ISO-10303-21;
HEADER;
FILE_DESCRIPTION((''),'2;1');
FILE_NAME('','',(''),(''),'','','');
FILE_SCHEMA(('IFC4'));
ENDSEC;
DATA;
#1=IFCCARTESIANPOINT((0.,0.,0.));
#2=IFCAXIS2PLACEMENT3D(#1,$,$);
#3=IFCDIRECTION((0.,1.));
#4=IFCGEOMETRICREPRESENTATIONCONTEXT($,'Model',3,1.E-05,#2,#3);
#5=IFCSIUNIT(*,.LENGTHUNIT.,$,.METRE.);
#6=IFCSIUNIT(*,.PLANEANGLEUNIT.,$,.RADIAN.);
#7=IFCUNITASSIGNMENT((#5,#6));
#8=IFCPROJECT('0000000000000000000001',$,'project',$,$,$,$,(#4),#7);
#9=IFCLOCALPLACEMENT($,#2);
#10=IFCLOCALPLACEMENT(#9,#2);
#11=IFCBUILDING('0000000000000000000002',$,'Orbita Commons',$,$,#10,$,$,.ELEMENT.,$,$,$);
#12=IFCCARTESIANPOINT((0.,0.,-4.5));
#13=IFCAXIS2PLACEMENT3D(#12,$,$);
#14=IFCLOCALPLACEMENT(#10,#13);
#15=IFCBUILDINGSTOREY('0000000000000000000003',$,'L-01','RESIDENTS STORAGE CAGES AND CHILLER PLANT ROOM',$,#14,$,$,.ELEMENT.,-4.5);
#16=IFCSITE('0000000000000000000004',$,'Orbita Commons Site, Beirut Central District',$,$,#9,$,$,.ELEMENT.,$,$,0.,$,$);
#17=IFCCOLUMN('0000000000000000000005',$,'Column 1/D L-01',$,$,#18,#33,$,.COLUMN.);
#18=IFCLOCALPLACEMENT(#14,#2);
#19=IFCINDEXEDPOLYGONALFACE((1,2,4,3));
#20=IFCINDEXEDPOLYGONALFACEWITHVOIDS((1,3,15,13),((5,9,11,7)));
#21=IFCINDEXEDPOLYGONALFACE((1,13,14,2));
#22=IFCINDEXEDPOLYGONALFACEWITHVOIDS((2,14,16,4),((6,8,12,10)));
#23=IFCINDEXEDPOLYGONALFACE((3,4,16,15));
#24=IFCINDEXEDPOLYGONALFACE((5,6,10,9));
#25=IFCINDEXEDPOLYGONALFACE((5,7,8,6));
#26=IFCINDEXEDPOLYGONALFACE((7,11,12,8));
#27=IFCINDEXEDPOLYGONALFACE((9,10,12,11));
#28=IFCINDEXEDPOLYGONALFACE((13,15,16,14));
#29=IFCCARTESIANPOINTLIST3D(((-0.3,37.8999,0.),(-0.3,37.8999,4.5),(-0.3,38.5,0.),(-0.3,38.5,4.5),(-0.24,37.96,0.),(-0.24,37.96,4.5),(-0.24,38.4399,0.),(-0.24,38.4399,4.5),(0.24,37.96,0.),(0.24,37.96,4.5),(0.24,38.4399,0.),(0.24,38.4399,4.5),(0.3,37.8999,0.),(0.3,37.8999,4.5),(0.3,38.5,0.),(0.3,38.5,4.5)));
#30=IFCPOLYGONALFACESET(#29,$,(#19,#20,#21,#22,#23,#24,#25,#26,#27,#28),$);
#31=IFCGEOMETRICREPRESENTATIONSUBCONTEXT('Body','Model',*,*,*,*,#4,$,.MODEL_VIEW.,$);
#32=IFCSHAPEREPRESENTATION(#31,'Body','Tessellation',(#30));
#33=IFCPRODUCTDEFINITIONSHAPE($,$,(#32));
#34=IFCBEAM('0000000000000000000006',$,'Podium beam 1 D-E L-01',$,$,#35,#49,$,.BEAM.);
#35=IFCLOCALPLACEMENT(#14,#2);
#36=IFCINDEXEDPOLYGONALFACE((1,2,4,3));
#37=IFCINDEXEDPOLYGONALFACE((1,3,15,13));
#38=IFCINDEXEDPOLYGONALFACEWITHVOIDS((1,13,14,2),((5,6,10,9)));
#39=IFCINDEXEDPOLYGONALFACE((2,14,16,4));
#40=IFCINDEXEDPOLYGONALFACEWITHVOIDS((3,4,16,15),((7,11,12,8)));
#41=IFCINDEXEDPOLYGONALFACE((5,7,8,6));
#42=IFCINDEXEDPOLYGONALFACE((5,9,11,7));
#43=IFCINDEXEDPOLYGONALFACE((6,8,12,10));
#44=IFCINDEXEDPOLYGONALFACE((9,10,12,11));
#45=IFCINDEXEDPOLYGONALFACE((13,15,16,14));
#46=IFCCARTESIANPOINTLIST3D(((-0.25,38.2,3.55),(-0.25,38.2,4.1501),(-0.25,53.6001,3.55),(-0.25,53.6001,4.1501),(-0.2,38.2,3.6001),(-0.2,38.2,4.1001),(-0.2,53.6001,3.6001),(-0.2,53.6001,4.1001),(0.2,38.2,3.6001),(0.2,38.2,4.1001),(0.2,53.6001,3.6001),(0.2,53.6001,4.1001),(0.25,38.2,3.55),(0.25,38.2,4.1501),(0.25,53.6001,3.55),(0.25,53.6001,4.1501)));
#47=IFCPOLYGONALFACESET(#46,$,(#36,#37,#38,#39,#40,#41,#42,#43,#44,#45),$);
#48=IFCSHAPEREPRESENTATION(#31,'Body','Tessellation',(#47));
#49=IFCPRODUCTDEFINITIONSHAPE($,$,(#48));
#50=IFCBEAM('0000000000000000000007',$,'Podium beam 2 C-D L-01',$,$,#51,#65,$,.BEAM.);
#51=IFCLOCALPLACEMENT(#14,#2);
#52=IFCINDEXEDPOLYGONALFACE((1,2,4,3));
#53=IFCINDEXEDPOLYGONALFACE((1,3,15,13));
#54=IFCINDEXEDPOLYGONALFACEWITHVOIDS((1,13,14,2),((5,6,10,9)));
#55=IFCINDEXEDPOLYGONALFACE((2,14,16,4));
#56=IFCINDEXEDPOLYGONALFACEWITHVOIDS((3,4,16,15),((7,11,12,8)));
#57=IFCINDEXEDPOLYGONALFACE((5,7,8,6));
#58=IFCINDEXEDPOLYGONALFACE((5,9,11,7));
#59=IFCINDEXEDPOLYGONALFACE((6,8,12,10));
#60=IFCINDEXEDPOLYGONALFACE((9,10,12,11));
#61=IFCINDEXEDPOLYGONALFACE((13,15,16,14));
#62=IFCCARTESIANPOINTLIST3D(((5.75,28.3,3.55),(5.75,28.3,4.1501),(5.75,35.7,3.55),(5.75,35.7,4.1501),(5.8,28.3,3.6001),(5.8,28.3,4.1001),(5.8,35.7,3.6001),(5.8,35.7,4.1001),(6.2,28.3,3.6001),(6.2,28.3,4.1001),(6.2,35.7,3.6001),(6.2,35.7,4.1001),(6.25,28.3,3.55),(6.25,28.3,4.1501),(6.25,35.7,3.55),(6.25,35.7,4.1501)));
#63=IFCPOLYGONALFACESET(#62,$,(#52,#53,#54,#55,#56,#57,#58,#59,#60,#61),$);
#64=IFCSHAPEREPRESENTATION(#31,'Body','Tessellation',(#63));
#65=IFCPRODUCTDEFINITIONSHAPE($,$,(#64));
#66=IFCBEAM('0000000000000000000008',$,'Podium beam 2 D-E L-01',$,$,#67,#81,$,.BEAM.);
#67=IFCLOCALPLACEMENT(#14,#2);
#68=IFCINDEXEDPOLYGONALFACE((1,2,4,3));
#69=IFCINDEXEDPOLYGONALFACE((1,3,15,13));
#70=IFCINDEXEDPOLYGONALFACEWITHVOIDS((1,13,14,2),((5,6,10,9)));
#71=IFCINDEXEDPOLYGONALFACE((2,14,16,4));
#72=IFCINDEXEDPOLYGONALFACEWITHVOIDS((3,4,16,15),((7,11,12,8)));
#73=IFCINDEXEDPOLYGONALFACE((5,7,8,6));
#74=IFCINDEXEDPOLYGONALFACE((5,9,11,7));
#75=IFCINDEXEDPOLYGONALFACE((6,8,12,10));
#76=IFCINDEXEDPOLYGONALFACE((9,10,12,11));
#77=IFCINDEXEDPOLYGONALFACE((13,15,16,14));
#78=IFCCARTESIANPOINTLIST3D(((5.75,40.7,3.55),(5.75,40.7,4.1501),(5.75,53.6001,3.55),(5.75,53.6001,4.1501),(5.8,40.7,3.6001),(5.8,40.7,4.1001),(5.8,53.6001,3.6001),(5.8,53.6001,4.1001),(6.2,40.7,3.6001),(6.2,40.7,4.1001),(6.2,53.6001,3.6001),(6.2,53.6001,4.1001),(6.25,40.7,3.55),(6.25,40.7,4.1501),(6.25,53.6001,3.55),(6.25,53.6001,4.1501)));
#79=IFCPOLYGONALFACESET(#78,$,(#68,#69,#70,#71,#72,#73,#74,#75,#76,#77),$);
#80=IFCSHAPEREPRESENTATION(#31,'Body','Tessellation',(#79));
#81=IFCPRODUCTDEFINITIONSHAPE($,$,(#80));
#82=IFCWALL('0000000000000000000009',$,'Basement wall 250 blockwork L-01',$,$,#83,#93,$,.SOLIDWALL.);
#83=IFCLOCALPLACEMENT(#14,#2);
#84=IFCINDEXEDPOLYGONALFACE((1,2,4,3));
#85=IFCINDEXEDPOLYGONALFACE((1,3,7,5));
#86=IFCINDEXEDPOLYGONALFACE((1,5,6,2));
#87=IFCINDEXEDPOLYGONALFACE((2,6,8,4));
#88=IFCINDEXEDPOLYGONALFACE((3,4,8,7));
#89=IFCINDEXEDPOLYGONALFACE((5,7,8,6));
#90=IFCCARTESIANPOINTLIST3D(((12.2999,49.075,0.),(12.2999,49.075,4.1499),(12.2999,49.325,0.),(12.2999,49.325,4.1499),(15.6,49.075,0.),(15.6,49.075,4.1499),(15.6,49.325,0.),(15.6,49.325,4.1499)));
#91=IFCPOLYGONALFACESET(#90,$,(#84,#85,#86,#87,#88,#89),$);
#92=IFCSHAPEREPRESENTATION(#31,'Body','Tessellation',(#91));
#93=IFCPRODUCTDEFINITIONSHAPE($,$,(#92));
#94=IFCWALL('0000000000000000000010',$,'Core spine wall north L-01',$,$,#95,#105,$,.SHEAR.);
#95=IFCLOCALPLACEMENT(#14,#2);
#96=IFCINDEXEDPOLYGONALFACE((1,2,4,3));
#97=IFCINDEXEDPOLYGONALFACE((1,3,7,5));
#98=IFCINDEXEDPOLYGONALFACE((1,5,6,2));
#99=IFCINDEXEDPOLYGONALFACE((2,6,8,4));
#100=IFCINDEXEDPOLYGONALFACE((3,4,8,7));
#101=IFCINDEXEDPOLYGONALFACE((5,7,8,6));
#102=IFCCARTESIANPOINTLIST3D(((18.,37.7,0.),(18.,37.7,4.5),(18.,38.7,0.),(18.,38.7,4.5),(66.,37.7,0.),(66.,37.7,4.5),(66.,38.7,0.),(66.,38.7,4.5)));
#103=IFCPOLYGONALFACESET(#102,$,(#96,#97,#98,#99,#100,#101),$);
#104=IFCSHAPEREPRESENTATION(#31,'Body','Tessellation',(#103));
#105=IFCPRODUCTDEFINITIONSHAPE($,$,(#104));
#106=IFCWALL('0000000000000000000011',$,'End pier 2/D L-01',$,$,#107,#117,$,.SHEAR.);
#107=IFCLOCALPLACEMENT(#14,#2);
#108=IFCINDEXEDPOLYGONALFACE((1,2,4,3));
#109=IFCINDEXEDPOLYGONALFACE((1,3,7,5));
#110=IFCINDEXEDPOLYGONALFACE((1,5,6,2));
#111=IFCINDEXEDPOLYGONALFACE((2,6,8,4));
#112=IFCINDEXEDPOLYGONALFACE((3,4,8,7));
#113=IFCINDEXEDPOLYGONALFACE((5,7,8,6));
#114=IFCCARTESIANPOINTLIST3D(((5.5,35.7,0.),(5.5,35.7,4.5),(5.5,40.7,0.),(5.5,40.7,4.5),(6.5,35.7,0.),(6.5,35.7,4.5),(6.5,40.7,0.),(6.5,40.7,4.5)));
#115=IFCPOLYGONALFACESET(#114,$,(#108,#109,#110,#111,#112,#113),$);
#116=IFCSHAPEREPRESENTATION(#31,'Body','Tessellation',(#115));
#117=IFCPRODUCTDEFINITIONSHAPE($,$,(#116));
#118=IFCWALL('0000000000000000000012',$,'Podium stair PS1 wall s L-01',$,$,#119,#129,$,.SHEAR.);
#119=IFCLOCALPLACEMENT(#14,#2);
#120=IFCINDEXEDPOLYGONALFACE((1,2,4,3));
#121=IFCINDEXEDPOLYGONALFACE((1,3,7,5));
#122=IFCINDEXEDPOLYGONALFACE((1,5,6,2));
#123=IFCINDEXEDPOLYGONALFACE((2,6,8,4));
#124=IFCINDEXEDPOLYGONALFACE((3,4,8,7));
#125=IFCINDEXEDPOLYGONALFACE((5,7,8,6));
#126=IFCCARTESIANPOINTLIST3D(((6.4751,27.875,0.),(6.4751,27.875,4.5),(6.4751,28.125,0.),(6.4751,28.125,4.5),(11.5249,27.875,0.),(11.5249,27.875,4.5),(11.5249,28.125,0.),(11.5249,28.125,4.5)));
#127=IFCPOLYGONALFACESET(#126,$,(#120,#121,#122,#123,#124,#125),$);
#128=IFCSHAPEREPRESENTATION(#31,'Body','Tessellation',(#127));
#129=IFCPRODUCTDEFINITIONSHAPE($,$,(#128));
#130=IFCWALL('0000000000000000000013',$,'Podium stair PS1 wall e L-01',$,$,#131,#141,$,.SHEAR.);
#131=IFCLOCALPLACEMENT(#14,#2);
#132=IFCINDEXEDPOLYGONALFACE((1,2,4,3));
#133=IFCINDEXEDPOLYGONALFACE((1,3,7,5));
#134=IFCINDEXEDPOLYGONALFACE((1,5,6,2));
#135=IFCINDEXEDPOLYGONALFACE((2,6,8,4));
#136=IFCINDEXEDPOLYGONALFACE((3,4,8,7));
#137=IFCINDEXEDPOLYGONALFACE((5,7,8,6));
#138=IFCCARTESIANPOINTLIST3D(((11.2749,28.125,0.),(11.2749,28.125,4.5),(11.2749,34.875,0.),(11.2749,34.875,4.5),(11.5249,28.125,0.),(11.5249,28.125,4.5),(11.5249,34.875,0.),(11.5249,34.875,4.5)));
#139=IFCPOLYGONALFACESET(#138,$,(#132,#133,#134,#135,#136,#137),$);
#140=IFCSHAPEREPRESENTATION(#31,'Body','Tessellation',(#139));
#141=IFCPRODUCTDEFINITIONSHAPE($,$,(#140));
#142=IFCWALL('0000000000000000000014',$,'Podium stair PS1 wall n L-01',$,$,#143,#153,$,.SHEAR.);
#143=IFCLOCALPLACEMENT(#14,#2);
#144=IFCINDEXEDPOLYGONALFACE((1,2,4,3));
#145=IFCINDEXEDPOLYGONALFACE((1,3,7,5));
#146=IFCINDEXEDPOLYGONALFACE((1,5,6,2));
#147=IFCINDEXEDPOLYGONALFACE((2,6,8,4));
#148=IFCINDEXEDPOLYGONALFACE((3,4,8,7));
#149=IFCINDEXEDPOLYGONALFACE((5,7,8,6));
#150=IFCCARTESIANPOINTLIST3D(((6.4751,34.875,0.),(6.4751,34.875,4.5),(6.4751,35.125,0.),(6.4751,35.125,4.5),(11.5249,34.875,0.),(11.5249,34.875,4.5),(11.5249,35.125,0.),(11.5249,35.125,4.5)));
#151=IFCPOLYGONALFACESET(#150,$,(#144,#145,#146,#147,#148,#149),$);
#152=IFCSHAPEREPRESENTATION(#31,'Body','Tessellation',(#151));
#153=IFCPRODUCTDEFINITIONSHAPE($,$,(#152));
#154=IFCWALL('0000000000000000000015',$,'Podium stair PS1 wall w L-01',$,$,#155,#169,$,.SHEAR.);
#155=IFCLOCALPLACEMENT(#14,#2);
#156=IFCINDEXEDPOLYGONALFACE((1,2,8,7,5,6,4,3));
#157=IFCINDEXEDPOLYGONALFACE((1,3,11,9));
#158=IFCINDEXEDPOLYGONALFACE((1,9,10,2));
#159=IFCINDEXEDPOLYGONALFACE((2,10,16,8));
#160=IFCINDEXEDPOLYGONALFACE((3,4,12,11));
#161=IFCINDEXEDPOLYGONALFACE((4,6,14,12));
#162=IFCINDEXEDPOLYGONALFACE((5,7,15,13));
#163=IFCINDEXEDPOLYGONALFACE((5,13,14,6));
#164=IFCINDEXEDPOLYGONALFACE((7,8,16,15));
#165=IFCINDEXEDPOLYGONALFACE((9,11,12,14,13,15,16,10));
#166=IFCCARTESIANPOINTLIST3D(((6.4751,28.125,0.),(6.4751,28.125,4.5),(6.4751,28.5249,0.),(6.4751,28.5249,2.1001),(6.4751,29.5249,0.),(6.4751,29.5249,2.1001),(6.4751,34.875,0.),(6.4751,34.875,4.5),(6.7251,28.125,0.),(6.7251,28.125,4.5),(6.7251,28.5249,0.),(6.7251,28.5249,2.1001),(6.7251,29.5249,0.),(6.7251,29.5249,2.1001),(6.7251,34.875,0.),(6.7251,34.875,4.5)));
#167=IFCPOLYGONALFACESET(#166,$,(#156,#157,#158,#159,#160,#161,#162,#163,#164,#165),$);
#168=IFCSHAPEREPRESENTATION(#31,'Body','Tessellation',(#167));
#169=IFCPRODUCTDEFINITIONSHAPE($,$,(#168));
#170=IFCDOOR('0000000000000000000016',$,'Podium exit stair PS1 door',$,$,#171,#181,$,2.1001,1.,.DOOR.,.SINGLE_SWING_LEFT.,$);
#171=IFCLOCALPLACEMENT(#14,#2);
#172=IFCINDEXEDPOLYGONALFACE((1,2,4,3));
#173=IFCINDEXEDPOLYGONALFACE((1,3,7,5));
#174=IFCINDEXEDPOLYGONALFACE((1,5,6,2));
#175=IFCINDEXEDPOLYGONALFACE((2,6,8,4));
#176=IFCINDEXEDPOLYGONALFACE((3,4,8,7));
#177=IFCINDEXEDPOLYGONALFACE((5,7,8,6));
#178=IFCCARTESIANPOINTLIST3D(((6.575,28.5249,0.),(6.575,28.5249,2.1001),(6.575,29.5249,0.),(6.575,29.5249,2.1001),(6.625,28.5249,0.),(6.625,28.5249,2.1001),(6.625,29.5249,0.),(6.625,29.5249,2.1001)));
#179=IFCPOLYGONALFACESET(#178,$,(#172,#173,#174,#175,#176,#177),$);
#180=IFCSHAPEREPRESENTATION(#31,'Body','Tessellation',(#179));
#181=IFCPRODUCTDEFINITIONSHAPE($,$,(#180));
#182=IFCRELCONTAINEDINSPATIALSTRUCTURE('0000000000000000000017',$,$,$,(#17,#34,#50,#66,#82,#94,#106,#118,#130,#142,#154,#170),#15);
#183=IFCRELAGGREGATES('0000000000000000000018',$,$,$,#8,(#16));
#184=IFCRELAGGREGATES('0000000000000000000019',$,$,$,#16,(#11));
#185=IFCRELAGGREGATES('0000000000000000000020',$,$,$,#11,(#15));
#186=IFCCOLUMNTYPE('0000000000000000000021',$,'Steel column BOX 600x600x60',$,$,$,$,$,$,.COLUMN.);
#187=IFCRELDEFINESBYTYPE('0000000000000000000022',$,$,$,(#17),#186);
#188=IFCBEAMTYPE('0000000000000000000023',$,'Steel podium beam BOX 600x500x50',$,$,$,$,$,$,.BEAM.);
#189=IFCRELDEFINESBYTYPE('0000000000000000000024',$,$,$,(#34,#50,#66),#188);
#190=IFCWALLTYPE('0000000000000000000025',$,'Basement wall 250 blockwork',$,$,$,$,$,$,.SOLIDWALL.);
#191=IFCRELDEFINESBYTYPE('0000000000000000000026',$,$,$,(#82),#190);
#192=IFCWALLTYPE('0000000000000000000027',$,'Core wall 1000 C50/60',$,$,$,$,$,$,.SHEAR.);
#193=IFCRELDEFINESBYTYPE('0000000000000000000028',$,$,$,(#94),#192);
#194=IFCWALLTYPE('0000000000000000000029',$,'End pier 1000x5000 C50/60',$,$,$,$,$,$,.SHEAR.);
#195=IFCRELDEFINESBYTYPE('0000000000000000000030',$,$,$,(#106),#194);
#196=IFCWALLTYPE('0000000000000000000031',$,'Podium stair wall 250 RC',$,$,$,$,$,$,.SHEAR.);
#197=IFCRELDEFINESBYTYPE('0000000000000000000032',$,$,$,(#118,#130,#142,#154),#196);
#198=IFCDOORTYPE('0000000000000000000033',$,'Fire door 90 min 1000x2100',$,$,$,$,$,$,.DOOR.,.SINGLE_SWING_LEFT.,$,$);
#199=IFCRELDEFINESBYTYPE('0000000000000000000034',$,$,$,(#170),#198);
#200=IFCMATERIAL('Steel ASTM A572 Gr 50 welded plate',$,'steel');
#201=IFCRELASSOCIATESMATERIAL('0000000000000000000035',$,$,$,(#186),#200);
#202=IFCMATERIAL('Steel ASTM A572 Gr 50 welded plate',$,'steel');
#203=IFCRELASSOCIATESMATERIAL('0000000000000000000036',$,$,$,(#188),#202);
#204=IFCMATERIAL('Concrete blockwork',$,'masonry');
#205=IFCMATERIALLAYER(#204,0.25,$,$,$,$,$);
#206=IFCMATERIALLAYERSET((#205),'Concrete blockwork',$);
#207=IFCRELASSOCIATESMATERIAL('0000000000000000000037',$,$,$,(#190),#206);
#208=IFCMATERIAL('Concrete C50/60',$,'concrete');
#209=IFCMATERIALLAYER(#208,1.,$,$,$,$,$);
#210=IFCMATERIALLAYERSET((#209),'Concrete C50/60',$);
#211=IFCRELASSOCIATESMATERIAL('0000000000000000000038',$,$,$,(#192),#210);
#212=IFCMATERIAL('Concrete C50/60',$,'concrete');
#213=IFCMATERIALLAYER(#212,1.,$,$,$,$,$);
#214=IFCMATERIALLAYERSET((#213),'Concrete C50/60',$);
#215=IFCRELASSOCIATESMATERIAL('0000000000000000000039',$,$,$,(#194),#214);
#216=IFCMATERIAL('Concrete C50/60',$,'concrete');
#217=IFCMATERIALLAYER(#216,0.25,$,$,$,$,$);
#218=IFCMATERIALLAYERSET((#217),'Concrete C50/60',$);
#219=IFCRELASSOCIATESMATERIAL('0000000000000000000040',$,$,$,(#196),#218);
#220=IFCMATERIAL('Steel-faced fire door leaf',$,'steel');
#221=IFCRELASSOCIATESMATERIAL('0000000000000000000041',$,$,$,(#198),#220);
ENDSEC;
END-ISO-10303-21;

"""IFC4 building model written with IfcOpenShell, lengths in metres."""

from ifc_helpers import new_model, si_unit, direction, frame, frame_2d, origin, origin_2d, place, context, subcontext, project, spatial, rectangle, hollow_rectangle, extrude, material, layer, layer_set, material_profile, profile_set, type_object, element, fill, save


model = new_model("IFC4")

# Units and contexts
model_context = context("Model", 3, precision=1e-05, world=origin(), true_north=direction((0.0, 1.0)))
body_context = subcontext(model_context, "Body", "Model", "MODEL_VIEW")
ifc_project = project(units=[si_unit("LENGTHUNIT", "METRE"), si_unit("PLANEANGLEUNIT", "RADIAN")], contexts=[model_context])

# Site, building, storey
site_placement = place(None, origin())
site = spatial("IfcSite", under=ifc_project, at=site_placement, Name="Orbita Commons Site, Beirut Central District", CompositionType="ELEMENT", RefElevation=0.0)
building_placement = place(site_placement, origin())
building = spatial("IfcBuilding", under=site, at=building_placement, Name="Orbita Commons", CompositionType="ELEMENT")
storey_placement = place(building_placement, frame((0.0, 0.0, -4.5)))
storey = spatial("IfcBuildingStorey", under=building, at=storey_placement, Name="L-01", Description="RESIDENTS STORAGE CAGES AND CHILLER PLANT ROOM", CompositionType="ELEMENT", Elevation=-4.5)

# Column
ifc_material_1 = material(Name="Steel ASTM A572 Gr 50 welded plate", Category="steel")
ifc_material_profile_1 = material_profile(ifc_material_1, hollow_rectangle(XDim=0.6001, YDim=0.6001, WallThickness=0.0601, at=origin_2d()), Name="BOX 600x600x60")
ifc_profile_set_1 = profile_set([ifc_material_profile_1], Name="Steel ASTM A572 Gr 50 welded plate")
column_type = type_object("IfcColumnType", Name="Steel column BOX 600x600x60", PredefinedType="COLUMN", material=ifc_profile_set_1)
column_placement = place(storey_placement, frame((0.0, 38.2, 0.0), z_axis=(0.0, 0.0, 1.0), x_axis=(1.0, 0.0, 0.0)))
element("IfcColumn", 1, at=column_placement, inside=storey, type_object=column_type, Name="Column 1/D L-01", PredefinedType="COLUMN", context=body_context, shape_type="SweptSolid", body=[
    extrude(hollow_rectangle(XDim=0.6001, YDim=0.6001, WallThickness=0.0601, at=origin_2d()), origin(), (0.0, 0.0, 1.0), 4.5),
])

# Beams
ifc_material_2 = material(Name="Steel ASTM A572 Gr 50 welded plate", Category="steel")
ifc_material_profile_2 = material_profile(ifc_material_2, hollow_rectangle(XDim=0.5, YDim=0.6001, WallThickness=0.05, at=origin_2d()), Name="BOX 600x500x50")
ifc_profile_set_2 = profile_set([ifc_material_profile_2], Name="Steel ASTM A572 Gr 50 welded plate")
beam_type = type_object("IfcBeamType", Name="Steel podium beam BOX 600x500x50", PredefinedType="BEAM", material=ifc_profile_set_2)
beam_1_placement = place(storey_placement, frame((0.0, 38.2, 3.8501), z_axis=(0.0, 1.0, 0.0), x_axis=(-1.0, 0.0, 0.0)))
element("IfcBeam", 2, at=beam_1_placement, inside=storey, type_object=beam_type, Name="Podium beam 1 D-E L-01", PredefinedType="BEAM", context=body_context, shape_type="SweptSolid", body=[
    extrude(hollow_rectangle(XDim=0.5, YDim=0.6001, WallThickness=0.05, at=origin_2d()), origin(), (0.0, 0.0, 1.0), 15.4001),
])
beam_2_placement = place(storey_placement, frame((6.0, 28.3, 3.8501), z_axis=(0.0, 1.0, 0.0), x_axis=(-1.0, 0.0, 0.0)))
element("IfcBeam", 3, at=beam_2_placement, inside=storey, type_object=beam_type, Name="Podium beam 2 C-D L-01", PredefinedType="BEAM", context=body_context, shape_type="SweptSolid", body=[
    extrude(hollow_rectangle(XDim=0.5, YDim=0.6001, WallThickness=0.05, at=origin_2d()), origin(), (0.0, 0.0, 1.0), 7.3999),
])
beam_3_placement = place(storey_placement, frame((6.0, 40.7, 3.8501), z_axis=(0.0, 1.0, 0.0), x_axis=(-1.0, 0.0, 0.0)))
element("IfcBeam", 4, at=beam_3_placement, inside=storey, type_object=beam_type, Name="Podium beam 2 D-E L-01", PredefinedType="BEAM", context=body_context, shape_type="SweptSolid", body=[
    extrude(hollow_rectangle(XDim=0.5, YDim=0.6001, WallThickness=0.05, at=origin_2d()), origin(), (0.0, 0.0, 1.0), 12.9001),
])

# Walls
ifc_material_3 = material(Name="Concrete blockwork", Category="masonry")
ifc_layer_1 = layer(ifc_material_3, 0.25)
ifc_layer_set_1 = layer_set([ifc_layer_1], Name="Concrete blockwork")
wall_type_1 = type_object("IfcWallType", Name="Basement wall 250 blockwork", PredefinedType="SOLIDWALL", material=ifc_layer_set_1)
wall_1_placement = place(storey_placement, frame((12.3, 49.2, 0.0), z_axis=(0.0, 0.0, 1.0), x_axis=(1.0, 0.0, 0.0)))
element("IfcWall", 5, at=wall_1_placement, inside=storey, type_object=wall_type_1, Name="Basement wall 250 blockwork L-01", PredefinedType="SOLIDWALL", context=body_context, shape_type="SweptSolid", body=[
    extrude(rectangle(XDim=3.3, YDim=0.25, at=frame_2d((1.6499, 0.0))), origin(), (0.0, 0.0, 1.0), 4.1499),
])
ifc_material_4 = material(Name="Concrete C50/60", Category="concrete")
ifc_layer_2 = layer(ifc_material_4, 1.0)
ifc_layer_set_2 = layer_set([ifc_layer_2], Name="Concrete C50/60")
wall_type_2 = type_object("IfcWallType", Name="Core wall 1000 C50/60", PredefinedType="SHEAR", material=ifc_layer_set_2)
wall_2_placement = place(storey_placement, frame((18.0, 38.2, 0.0), z_axis=(0.0, 0.0, 1.0), x_axis=(1.0, 0.0, 0.0)))
element("IfcWall", 6, at=wall_2_placement, inside=storey, type_object=wall_type_2, Name="Core spine wall north L-01", PredefinedType="SHEAR", context=body_context, shape_type="SweptSolid", body=[
    extrude(rectangle(XDim=48.0, YDim=1.0, at=frame_2d((24.0, 0.0))), origin(), (0.0, 0.0, 1.0), 4.5),
])
ifc_material_5 = material(Name="Concrete C50/60", Category="concrete")
ifc_layer_3 = layer(ifc_material_5, 1.0)
ifc_layer_set_3 = layer_set([ifc_layer_3], Name="Concrete C50/60")
wall_type_3 = type_object("IfcWallType", Name="End pier 1000x5000 C50/60", PredefinedType="SHEAR", material=ifc_layer_set_3)
wall_3_placement = place(storey_placement, frame((6.0, 35.7, 0.0), z_axis=(0.0, 0.0, 1.0), x_axis=(0.0, 1.0, 0.0)))
element("IfcWall", 7, at=wall_3_placement, inside=storey, type_object=wall_type_3, Name="End pier 2/D L-01", PredefinedType="SHEAR", context=body_context, shape_type="SweptSolid", body=[
    extrude(rectangle(XDim=5.0, YDim=1.0, at=frame_2d((2.5, 0.0))), origin(), (0.0, 0.0, 1.0), 4.5),
])
ifc_material_6 = material(Name="Concrete C50/60", Category="concrete")
ifc_layer_4 = layer(ifc_material_6, 0.25)
ifc_layer_set_4 = layer_set([ifc_layer_4], Name="Concrete C50/60")
wall_type_4 = type_object("IfcWallType", Name="Podium stair wall 250 RC", PredefinedType="SHEAR", material=ifc_layer_set_4)
wall_4_placement = place(storey_placement, frame((6.4751, 28.0, 0.0), z_axis=(0.0, 0.0, 1.0), x_axis=(1.0, 0.0, 0.0)))
element("IfcWall", 8, at=wall_4_placement, inside=storey, type_object=wall_type_4, Name="Podium stair PS1 wall s L-01", PredefinedType="SHEAR", context=body_context, shape_type="SweptSolid", body=[
    extrude(rectangle(XDim=5.0498, YDim=0.25, at=frame_2d((2.5249, 0.0))), origin(), (0.0, 0.0, 1.0), 4.5),
])
wall_5_placement = place(storey_placement, frame((11.3999, 28.125, 0.0), z_axis=(0.0, 0.0, 1.0), x_axis=(0.0, 1.0, 0.0)))
element("IfcWall", 9, at=wall_5_placement, inside=storey, type_object=wall_type_4, Name="Podium stair PS1 wall e L-01", PredefinedType="SHEAR", context=body_context, shape_type="SweptSolid", body=[
    extrude(rectangle(XDim=6.75, YDim=0.25, at=frame_2d((3.375, 0.0))), origin(), (0.0, 0.0, 1.0), 4.5),
])
wall_6_placement = place(storey_placement, frame((11.5249, 35.0, 0.0), z_axis=(0.0, 0.0, 1.0), x_axis=(-1.0, 0.0, 0.0)))
element("IfcWall", 10, at=wall_6_placement, inside=storey, type_object=wall_type_4, Name="Podium stair PS1 wall n L-01", PredefinedType="SHEAR", context=body_context, shape_type="SweptSolid", body=[
    extrude(rectangle(XDim=5.0498, YDim=0.25, at=frame_2d((2.5249, 0.0))), origin(), (0.0, 0.0, 1.0), 4.5),
])

# Wall, opening, door
wall_7_placement = place(storey_placement, frame((6.6001, 34.875, 0.0), z_axis=(0.0, 0.0, 1.0), x_axis=(0.0, -1.0, 0.0)))
wall_7 = element("IfcWall", 11, at=wall_7_placement, inside=storey, type_object=wall_type_4, Name="Podium stair PS1 wall w L-01", PredefinedType="SHEAR", context=body_context, shape_type="SweptSolid", body=[
    extrude(rectangle(XDim=6.75, YDim=0.25, at=frame_2d((3.375, 0.0))), origin(), (0.0, 0.0, 1.0), 4.5),
])
opening_placement = place(wall_7_placement, frame((5.3501, 0.0, 0.0)))
opening = element("IfcOpeningElement", 12, at=opening_placement, cuts=wall_7, PredefinedType="OPENING", context=body_context, shape_type="SweptSolid", body=[
    extrude(rectangle(XDim=1.0, YDim=2.1001, at=frame_2d((0.5, 1.05))), frame((0.0, 0.135, 0.0), z_axis=(0.0, -1.0, 0.0), x_axis=(1.0, 0.0, 0.0)), (0.0, 0.0, 1.0), 0.27),
])
ifc_material_7 = material(Name="Steel-faced fire door leaf", Category="steel")
door_type = type_object("IfcDoorType", Name="Fire door 90 min 1000x2100", OperationType="SINGLE_SWING_LEFT", PredefinedType="DOOR", material=ifc_material_7)
door_placement = place(opening_placement, origin())
door = element("IfcDoor", 13, at=door_placement, inside=storey, type_object=door_type, Name="Podium exit stair PS1 door", OperationType="SINGLE_SWING_LEFT", OverallHeight=2.1001, OverallWidth=1.0, PredefinedType="DOOR", context=body_context, shape_type="SweptSolid", body=[
    extrude(rectangle(XDim=1.0, YDim=2.1001, at=frame_2d((0.5, 1.05))), frame((0.0, 0.0249, 0.0), z_axis=(0.0, -1.0, 0.0), x_axis=(1.0, 0.0, 0.0)), (0.0, 0.0, 1.0), 0.05),
])
fill(opening, door)

save(model, "model.ifc")
